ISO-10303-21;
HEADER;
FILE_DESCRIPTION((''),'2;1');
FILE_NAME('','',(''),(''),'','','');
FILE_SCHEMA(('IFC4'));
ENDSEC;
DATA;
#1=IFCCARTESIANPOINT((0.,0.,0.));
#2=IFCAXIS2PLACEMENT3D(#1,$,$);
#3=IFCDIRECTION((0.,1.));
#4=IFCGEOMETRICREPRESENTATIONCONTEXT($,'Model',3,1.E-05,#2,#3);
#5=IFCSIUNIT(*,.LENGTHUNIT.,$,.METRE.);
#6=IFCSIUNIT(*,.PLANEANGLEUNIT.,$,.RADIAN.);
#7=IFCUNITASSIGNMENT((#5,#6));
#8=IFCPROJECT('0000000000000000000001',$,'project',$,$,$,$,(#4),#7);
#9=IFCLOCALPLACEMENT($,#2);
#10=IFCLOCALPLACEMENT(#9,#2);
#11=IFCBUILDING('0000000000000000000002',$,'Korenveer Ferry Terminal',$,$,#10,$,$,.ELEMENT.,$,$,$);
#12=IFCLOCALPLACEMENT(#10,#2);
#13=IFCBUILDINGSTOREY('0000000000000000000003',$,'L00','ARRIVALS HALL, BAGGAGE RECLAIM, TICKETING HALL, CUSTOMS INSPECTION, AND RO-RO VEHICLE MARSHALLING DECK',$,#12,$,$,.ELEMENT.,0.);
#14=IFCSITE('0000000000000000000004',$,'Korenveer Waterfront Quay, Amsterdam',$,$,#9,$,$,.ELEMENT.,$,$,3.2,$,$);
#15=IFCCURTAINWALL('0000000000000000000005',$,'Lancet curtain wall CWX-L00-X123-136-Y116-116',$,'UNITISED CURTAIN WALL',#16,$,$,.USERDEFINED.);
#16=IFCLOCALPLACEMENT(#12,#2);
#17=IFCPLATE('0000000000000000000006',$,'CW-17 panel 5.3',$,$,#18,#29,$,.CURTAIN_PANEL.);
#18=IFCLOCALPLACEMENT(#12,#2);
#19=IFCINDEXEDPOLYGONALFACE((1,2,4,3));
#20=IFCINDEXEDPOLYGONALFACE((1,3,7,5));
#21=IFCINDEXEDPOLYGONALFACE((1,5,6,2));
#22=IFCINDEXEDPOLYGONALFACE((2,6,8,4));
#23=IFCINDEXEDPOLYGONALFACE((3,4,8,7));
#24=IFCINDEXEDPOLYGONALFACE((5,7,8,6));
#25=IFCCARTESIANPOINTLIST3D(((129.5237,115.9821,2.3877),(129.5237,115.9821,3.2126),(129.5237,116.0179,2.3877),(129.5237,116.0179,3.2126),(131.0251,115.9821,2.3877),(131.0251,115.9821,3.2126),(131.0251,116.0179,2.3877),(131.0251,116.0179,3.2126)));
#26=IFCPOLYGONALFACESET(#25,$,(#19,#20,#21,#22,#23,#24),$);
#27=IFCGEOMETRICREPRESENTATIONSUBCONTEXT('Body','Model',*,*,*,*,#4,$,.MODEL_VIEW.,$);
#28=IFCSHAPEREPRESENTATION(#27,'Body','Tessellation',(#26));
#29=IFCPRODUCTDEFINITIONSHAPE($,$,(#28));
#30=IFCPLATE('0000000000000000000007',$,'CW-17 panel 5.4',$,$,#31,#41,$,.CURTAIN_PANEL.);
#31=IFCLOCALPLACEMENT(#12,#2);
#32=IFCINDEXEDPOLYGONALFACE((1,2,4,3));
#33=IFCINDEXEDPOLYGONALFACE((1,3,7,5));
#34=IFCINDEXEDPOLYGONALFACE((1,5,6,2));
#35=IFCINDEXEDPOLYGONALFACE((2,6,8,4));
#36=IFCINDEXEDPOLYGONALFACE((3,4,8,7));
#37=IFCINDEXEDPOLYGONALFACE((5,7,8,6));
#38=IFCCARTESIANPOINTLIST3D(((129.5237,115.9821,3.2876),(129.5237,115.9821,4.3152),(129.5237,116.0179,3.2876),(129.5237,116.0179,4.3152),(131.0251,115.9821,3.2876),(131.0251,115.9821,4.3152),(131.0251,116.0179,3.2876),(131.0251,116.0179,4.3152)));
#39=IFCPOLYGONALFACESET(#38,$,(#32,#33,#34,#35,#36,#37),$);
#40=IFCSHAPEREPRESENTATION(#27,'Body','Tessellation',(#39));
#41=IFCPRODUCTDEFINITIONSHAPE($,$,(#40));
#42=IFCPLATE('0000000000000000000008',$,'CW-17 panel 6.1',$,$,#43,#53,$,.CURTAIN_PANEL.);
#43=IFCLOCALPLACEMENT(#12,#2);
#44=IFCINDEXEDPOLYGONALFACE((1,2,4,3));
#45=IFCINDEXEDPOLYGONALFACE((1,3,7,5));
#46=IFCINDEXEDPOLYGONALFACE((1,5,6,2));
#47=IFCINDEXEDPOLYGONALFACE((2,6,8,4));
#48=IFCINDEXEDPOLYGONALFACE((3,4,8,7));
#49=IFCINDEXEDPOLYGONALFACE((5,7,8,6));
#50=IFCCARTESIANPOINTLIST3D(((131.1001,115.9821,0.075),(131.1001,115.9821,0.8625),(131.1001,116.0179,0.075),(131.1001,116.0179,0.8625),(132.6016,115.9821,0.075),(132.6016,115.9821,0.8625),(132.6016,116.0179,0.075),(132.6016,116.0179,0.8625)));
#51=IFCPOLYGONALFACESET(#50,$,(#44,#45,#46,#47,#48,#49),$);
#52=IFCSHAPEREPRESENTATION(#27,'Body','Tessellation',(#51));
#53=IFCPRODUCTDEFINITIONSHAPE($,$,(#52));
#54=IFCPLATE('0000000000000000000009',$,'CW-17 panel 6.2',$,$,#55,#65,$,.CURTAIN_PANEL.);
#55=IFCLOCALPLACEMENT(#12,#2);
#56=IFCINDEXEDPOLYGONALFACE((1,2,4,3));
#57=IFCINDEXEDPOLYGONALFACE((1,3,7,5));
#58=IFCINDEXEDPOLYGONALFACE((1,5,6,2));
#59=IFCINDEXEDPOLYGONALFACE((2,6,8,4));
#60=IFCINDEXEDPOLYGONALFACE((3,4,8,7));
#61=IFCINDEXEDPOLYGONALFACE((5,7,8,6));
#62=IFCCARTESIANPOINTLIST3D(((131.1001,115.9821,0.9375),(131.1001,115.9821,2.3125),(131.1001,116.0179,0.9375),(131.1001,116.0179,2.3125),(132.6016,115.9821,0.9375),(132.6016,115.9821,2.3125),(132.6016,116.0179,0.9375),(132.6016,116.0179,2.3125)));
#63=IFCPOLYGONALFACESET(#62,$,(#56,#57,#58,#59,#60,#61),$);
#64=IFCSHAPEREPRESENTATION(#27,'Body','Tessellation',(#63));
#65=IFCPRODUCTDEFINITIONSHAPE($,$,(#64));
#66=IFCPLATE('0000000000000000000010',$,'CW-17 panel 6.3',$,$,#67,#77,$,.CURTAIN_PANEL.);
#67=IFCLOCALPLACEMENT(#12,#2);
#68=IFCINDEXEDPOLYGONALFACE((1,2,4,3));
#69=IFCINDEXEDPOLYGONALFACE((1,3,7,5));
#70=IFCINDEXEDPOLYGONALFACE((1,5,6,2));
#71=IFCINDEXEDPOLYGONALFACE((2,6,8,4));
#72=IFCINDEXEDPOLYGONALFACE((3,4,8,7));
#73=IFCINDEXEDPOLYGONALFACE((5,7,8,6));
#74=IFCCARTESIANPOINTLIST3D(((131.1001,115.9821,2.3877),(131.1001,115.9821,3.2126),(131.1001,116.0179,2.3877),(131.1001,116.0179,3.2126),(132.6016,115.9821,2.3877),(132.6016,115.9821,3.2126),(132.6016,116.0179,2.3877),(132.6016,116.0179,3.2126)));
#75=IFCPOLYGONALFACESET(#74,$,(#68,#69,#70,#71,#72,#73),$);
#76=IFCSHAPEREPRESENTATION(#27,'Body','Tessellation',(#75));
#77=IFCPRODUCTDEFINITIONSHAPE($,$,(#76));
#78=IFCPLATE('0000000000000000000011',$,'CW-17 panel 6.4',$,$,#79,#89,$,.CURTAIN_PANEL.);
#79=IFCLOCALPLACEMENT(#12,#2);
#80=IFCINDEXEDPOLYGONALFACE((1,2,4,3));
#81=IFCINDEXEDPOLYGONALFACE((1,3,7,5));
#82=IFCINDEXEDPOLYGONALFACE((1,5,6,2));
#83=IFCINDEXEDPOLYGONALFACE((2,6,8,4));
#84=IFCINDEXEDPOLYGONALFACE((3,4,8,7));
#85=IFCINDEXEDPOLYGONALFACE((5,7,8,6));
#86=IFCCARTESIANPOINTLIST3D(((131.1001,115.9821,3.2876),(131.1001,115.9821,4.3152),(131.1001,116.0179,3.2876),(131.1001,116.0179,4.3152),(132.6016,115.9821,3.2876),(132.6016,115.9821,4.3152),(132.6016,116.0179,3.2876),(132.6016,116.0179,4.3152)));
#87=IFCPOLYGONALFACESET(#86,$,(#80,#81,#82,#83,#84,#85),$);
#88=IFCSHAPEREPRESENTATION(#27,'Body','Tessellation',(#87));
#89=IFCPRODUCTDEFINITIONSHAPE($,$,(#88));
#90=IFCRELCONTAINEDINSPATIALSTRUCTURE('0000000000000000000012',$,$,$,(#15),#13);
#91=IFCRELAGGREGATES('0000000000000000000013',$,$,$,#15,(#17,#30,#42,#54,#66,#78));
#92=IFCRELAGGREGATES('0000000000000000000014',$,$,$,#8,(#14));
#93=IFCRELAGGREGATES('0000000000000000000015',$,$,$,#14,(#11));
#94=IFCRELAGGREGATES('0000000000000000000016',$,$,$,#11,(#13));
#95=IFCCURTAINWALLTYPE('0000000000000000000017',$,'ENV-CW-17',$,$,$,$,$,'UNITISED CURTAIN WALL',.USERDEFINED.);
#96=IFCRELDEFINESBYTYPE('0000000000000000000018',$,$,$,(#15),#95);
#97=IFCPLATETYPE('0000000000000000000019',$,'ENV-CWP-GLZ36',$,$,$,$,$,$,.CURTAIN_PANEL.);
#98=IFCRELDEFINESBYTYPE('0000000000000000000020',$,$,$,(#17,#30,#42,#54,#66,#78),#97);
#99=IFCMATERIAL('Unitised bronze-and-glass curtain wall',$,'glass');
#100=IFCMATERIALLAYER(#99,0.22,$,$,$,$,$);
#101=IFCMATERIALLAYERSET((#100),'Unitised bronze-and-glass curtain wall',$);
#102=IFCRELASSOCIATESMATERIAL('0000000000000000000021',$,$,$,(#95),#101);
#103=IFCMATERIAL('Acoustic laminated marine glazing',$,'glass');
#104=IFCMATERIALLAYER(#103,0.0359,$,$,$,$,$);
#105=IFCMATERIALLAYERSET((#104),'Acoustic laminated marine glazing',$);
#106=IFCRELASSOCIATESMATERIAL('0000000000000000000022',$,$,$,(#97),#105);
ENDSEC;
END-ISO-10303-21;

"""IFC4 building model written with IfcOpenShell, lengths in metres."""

from ifc_helpers import new_model, si_unit, direction, frame, origin, origin_2d, place, context, subcontext, project, spatial, rectangle, extrude, material, layer, layer_set, type_object, element, aggregate, save


model = new_model("IFC4")

# Units and contexts
model_context = context("Model", 3, precision=1e-05, world=origin(), true_north=direction((0.0, 1.0)))
body_context = subcontext(model_context, "Body", "Model", "MODEL_VIEW")
ifc_project = project(units=[si_unit("LENGTHUNIT", "METRE"), si_unit("PLANEANGLEUNIT", "RADIAN")], contexts=[model_context])

# Site, building, storey
site_placement = place(None, origin())
site = spatial("IfcSite", under=ifc_project, at=site_placement, Name="Korenveer Waterfront Quay, Amsterdam", CompositionType="ELEMENT", RefElevation=3.2)
building_placement = place(site_placement, origin())
building = spatial("IfcBuilding", under=site, at=building_placement, Name="Korenveer Ferry Terminal", CompositionType="ELEMENT")
storey_placement = place(building_placement, origin())
storey = spatial("IfcBuildingStorey", under=building, at=storey_placement, Name="L00", Description="ARRIVALS HALL, BAGGAGE RECLAIM, TICKETING HALL, CUSTOMS INSPECTION, AND RO-RO VEHICLE MARSHALLING DECK", CompositionType="ELEMENT", Elevation=0.0)

# Curtain wall, plates
ifc_material_1 = material(Name="Unitised bronze-and-glass curtain wall", Category="glass")
ifc_layer_1 = layer(ifc_material_1, 0.22)
ifc_layer_set_1 = layer_set([ifc_layer_1], Name="Unitised bronze-and-glass curtain wall")
curtain_wall_type = type_object("IfcCurtainWallType", Name="ENV-CW-17", ElementType="UNITISED CURTAIN WALL", PredefinedType="USERDEFINED", material=ifc_layer_set_1)
curtain_wall_placement = place(storey_placement, frame((123.1799, 116.0, 0.0)))
curtain_wall = element("IfcCurtainWall", 1, at=curtain_wall_placement, inside=storey, type_object=curtain_wall_type, Name="Lancet curtain wall CWX-L00-X123-136-Y116-116", ObjectType="UNITISED CURTAIN WALL", PredefinedType="USERDEFINED")
ifc_material_2 = material(Name="Acoustic laminated marine glazing", Category="glass")
ifc_layer_2 = layer(ifc_material_2, 0.0359)
ifc_layer_set_2 = layer_set([ifc_layer_2], Name="Acoustic laminated marine glazing")
plate_type = type_object("IfcPlateType", Name="ENV-CWP-GLZ36", PredefinedType="CURTAIN_PANEL", material=ifc_layer_set_2)
plate_1_placement = place(storey_placement, frame((130.2744, 116.0, 2.3877), z_axis=(0.0, 0.0, 1.0), x_axis=(1.0, 0.0, 0.0)))
plate_1 = element("IfcPlate", 2, at=plate_1_placement, type_object=plate_type, Name="CW-17 panel 5.3", PredefinedType="CURTAIN_PANEL", context=body_context, shape_type="SweptSolid", body=[
    extrude(rectangle(XDim=1.5015, YDim=0.0359, at=origin_2d()), origin(), (0.0, 0.0, 1.0), 0.825),
])
plate_2_placement = place(storey_placement, frame((130.2744, 116.0, 3.2876), z_axis=(0.0, 0.0, 1.0), x_axis=(1.0, 0.0, 0.0)))
plate_2 = element("IfcPlate", 3, at=plate_2_placement, type_object=plate_type, Name="CW-17 panel 5.4", PredefinedType="CURTAIN_PANEL", context=body_context, shape_type="SweptSolid", body=[
    extrude(rectangle(XDim=1.5015, YDim=0.0359, at=origin_2d()), origin(), (0.0, 0.0, 1.0), 1.0276),
])
plate_3_placement = place(storey_placement, frame((131.8508, 116.0, 0.075), z_axis=(0.0, 0.0, 1.0), x_axis=(1.0, 0.0, 0.0)))
plate_3 = element("IfcPlate", 4, at=plate_3_placement, type_object=plate_type, Name="CW-17 panel 6.1", PredefinedType="CURTAIN_PANEL", context=body_context, shape_type="SweptSolid", body=[
    extrude(rectangle(XDim=1.5015, YDim=0.0359, at=origin_2d()), origin(), (0.0, 0.0, 1.0), 0.7876),
])
plate_4_placement = place(storey_placement, frame((131.8508, 116.0, 0.9375), z_axis=(0.0, 0.0, 1.0), x_axis=(1.0, 0.0, 0.0)))
plate_4 = element("IfcPlate", 5, at=plate_4_placement, type_object=plate_type, Name="CW-17 panel 6.2", PredefinedType="CURTAIN_PANEL", context=body_context, shape_type="SweptSolid", body=[
    extrude(rectangle(XDim=1.5015, YDim=0.0359, at=origin_2d()), origin(), (0.0, 0.0, 1.0), 1.375),
])
plate_5_placement = place(storey_placement, frame((131.8508, 116.0, 2.3877), z_axis=(0.0, 0.0, 1.0), x_axis=(1.0, 0.0, 0.0)))
plate_5 = element("IfcPlate", 6, at=plate_5_placement, type_object=plate_type, Name="CW-17 panel 6.3", PredefinedType="CURTAIN_PANEL", context=body_context, shape_type="SweptSolid", body=[
    extrude(rectangle(XDim=1.5015, YDim=0.0359, at=origin_2d()), origin(), (0.0, 0.0, 1.0), 0.825),
])
plate_6_placement = place(storey_placement, frame((131.8508, 116.0, 3.2876), z_axis=(0.0, 0.0, 1.0), x_axis=(1.0, 0.0, 0.0)))
plate_6 = element("IfcPlate", 7, at=plate_6_placement, type_object=plate_type, Name="CW-17 panel 6.4", PredefinedType="CURTAIN_PANEL", context=body_context, shape_type="SweptSolid", body=[
    extrude(rectangle(XDim=1.5015, YDim=0.0359, at=origin_2d()), origin(), (0.0, 0.0, 1.0), 1.0276),
])
aggregate(curtain_wall, [plate_1, plate_2, plate_3, plate_4, plate_5, plate_6])

save(model, "model.ifc")
